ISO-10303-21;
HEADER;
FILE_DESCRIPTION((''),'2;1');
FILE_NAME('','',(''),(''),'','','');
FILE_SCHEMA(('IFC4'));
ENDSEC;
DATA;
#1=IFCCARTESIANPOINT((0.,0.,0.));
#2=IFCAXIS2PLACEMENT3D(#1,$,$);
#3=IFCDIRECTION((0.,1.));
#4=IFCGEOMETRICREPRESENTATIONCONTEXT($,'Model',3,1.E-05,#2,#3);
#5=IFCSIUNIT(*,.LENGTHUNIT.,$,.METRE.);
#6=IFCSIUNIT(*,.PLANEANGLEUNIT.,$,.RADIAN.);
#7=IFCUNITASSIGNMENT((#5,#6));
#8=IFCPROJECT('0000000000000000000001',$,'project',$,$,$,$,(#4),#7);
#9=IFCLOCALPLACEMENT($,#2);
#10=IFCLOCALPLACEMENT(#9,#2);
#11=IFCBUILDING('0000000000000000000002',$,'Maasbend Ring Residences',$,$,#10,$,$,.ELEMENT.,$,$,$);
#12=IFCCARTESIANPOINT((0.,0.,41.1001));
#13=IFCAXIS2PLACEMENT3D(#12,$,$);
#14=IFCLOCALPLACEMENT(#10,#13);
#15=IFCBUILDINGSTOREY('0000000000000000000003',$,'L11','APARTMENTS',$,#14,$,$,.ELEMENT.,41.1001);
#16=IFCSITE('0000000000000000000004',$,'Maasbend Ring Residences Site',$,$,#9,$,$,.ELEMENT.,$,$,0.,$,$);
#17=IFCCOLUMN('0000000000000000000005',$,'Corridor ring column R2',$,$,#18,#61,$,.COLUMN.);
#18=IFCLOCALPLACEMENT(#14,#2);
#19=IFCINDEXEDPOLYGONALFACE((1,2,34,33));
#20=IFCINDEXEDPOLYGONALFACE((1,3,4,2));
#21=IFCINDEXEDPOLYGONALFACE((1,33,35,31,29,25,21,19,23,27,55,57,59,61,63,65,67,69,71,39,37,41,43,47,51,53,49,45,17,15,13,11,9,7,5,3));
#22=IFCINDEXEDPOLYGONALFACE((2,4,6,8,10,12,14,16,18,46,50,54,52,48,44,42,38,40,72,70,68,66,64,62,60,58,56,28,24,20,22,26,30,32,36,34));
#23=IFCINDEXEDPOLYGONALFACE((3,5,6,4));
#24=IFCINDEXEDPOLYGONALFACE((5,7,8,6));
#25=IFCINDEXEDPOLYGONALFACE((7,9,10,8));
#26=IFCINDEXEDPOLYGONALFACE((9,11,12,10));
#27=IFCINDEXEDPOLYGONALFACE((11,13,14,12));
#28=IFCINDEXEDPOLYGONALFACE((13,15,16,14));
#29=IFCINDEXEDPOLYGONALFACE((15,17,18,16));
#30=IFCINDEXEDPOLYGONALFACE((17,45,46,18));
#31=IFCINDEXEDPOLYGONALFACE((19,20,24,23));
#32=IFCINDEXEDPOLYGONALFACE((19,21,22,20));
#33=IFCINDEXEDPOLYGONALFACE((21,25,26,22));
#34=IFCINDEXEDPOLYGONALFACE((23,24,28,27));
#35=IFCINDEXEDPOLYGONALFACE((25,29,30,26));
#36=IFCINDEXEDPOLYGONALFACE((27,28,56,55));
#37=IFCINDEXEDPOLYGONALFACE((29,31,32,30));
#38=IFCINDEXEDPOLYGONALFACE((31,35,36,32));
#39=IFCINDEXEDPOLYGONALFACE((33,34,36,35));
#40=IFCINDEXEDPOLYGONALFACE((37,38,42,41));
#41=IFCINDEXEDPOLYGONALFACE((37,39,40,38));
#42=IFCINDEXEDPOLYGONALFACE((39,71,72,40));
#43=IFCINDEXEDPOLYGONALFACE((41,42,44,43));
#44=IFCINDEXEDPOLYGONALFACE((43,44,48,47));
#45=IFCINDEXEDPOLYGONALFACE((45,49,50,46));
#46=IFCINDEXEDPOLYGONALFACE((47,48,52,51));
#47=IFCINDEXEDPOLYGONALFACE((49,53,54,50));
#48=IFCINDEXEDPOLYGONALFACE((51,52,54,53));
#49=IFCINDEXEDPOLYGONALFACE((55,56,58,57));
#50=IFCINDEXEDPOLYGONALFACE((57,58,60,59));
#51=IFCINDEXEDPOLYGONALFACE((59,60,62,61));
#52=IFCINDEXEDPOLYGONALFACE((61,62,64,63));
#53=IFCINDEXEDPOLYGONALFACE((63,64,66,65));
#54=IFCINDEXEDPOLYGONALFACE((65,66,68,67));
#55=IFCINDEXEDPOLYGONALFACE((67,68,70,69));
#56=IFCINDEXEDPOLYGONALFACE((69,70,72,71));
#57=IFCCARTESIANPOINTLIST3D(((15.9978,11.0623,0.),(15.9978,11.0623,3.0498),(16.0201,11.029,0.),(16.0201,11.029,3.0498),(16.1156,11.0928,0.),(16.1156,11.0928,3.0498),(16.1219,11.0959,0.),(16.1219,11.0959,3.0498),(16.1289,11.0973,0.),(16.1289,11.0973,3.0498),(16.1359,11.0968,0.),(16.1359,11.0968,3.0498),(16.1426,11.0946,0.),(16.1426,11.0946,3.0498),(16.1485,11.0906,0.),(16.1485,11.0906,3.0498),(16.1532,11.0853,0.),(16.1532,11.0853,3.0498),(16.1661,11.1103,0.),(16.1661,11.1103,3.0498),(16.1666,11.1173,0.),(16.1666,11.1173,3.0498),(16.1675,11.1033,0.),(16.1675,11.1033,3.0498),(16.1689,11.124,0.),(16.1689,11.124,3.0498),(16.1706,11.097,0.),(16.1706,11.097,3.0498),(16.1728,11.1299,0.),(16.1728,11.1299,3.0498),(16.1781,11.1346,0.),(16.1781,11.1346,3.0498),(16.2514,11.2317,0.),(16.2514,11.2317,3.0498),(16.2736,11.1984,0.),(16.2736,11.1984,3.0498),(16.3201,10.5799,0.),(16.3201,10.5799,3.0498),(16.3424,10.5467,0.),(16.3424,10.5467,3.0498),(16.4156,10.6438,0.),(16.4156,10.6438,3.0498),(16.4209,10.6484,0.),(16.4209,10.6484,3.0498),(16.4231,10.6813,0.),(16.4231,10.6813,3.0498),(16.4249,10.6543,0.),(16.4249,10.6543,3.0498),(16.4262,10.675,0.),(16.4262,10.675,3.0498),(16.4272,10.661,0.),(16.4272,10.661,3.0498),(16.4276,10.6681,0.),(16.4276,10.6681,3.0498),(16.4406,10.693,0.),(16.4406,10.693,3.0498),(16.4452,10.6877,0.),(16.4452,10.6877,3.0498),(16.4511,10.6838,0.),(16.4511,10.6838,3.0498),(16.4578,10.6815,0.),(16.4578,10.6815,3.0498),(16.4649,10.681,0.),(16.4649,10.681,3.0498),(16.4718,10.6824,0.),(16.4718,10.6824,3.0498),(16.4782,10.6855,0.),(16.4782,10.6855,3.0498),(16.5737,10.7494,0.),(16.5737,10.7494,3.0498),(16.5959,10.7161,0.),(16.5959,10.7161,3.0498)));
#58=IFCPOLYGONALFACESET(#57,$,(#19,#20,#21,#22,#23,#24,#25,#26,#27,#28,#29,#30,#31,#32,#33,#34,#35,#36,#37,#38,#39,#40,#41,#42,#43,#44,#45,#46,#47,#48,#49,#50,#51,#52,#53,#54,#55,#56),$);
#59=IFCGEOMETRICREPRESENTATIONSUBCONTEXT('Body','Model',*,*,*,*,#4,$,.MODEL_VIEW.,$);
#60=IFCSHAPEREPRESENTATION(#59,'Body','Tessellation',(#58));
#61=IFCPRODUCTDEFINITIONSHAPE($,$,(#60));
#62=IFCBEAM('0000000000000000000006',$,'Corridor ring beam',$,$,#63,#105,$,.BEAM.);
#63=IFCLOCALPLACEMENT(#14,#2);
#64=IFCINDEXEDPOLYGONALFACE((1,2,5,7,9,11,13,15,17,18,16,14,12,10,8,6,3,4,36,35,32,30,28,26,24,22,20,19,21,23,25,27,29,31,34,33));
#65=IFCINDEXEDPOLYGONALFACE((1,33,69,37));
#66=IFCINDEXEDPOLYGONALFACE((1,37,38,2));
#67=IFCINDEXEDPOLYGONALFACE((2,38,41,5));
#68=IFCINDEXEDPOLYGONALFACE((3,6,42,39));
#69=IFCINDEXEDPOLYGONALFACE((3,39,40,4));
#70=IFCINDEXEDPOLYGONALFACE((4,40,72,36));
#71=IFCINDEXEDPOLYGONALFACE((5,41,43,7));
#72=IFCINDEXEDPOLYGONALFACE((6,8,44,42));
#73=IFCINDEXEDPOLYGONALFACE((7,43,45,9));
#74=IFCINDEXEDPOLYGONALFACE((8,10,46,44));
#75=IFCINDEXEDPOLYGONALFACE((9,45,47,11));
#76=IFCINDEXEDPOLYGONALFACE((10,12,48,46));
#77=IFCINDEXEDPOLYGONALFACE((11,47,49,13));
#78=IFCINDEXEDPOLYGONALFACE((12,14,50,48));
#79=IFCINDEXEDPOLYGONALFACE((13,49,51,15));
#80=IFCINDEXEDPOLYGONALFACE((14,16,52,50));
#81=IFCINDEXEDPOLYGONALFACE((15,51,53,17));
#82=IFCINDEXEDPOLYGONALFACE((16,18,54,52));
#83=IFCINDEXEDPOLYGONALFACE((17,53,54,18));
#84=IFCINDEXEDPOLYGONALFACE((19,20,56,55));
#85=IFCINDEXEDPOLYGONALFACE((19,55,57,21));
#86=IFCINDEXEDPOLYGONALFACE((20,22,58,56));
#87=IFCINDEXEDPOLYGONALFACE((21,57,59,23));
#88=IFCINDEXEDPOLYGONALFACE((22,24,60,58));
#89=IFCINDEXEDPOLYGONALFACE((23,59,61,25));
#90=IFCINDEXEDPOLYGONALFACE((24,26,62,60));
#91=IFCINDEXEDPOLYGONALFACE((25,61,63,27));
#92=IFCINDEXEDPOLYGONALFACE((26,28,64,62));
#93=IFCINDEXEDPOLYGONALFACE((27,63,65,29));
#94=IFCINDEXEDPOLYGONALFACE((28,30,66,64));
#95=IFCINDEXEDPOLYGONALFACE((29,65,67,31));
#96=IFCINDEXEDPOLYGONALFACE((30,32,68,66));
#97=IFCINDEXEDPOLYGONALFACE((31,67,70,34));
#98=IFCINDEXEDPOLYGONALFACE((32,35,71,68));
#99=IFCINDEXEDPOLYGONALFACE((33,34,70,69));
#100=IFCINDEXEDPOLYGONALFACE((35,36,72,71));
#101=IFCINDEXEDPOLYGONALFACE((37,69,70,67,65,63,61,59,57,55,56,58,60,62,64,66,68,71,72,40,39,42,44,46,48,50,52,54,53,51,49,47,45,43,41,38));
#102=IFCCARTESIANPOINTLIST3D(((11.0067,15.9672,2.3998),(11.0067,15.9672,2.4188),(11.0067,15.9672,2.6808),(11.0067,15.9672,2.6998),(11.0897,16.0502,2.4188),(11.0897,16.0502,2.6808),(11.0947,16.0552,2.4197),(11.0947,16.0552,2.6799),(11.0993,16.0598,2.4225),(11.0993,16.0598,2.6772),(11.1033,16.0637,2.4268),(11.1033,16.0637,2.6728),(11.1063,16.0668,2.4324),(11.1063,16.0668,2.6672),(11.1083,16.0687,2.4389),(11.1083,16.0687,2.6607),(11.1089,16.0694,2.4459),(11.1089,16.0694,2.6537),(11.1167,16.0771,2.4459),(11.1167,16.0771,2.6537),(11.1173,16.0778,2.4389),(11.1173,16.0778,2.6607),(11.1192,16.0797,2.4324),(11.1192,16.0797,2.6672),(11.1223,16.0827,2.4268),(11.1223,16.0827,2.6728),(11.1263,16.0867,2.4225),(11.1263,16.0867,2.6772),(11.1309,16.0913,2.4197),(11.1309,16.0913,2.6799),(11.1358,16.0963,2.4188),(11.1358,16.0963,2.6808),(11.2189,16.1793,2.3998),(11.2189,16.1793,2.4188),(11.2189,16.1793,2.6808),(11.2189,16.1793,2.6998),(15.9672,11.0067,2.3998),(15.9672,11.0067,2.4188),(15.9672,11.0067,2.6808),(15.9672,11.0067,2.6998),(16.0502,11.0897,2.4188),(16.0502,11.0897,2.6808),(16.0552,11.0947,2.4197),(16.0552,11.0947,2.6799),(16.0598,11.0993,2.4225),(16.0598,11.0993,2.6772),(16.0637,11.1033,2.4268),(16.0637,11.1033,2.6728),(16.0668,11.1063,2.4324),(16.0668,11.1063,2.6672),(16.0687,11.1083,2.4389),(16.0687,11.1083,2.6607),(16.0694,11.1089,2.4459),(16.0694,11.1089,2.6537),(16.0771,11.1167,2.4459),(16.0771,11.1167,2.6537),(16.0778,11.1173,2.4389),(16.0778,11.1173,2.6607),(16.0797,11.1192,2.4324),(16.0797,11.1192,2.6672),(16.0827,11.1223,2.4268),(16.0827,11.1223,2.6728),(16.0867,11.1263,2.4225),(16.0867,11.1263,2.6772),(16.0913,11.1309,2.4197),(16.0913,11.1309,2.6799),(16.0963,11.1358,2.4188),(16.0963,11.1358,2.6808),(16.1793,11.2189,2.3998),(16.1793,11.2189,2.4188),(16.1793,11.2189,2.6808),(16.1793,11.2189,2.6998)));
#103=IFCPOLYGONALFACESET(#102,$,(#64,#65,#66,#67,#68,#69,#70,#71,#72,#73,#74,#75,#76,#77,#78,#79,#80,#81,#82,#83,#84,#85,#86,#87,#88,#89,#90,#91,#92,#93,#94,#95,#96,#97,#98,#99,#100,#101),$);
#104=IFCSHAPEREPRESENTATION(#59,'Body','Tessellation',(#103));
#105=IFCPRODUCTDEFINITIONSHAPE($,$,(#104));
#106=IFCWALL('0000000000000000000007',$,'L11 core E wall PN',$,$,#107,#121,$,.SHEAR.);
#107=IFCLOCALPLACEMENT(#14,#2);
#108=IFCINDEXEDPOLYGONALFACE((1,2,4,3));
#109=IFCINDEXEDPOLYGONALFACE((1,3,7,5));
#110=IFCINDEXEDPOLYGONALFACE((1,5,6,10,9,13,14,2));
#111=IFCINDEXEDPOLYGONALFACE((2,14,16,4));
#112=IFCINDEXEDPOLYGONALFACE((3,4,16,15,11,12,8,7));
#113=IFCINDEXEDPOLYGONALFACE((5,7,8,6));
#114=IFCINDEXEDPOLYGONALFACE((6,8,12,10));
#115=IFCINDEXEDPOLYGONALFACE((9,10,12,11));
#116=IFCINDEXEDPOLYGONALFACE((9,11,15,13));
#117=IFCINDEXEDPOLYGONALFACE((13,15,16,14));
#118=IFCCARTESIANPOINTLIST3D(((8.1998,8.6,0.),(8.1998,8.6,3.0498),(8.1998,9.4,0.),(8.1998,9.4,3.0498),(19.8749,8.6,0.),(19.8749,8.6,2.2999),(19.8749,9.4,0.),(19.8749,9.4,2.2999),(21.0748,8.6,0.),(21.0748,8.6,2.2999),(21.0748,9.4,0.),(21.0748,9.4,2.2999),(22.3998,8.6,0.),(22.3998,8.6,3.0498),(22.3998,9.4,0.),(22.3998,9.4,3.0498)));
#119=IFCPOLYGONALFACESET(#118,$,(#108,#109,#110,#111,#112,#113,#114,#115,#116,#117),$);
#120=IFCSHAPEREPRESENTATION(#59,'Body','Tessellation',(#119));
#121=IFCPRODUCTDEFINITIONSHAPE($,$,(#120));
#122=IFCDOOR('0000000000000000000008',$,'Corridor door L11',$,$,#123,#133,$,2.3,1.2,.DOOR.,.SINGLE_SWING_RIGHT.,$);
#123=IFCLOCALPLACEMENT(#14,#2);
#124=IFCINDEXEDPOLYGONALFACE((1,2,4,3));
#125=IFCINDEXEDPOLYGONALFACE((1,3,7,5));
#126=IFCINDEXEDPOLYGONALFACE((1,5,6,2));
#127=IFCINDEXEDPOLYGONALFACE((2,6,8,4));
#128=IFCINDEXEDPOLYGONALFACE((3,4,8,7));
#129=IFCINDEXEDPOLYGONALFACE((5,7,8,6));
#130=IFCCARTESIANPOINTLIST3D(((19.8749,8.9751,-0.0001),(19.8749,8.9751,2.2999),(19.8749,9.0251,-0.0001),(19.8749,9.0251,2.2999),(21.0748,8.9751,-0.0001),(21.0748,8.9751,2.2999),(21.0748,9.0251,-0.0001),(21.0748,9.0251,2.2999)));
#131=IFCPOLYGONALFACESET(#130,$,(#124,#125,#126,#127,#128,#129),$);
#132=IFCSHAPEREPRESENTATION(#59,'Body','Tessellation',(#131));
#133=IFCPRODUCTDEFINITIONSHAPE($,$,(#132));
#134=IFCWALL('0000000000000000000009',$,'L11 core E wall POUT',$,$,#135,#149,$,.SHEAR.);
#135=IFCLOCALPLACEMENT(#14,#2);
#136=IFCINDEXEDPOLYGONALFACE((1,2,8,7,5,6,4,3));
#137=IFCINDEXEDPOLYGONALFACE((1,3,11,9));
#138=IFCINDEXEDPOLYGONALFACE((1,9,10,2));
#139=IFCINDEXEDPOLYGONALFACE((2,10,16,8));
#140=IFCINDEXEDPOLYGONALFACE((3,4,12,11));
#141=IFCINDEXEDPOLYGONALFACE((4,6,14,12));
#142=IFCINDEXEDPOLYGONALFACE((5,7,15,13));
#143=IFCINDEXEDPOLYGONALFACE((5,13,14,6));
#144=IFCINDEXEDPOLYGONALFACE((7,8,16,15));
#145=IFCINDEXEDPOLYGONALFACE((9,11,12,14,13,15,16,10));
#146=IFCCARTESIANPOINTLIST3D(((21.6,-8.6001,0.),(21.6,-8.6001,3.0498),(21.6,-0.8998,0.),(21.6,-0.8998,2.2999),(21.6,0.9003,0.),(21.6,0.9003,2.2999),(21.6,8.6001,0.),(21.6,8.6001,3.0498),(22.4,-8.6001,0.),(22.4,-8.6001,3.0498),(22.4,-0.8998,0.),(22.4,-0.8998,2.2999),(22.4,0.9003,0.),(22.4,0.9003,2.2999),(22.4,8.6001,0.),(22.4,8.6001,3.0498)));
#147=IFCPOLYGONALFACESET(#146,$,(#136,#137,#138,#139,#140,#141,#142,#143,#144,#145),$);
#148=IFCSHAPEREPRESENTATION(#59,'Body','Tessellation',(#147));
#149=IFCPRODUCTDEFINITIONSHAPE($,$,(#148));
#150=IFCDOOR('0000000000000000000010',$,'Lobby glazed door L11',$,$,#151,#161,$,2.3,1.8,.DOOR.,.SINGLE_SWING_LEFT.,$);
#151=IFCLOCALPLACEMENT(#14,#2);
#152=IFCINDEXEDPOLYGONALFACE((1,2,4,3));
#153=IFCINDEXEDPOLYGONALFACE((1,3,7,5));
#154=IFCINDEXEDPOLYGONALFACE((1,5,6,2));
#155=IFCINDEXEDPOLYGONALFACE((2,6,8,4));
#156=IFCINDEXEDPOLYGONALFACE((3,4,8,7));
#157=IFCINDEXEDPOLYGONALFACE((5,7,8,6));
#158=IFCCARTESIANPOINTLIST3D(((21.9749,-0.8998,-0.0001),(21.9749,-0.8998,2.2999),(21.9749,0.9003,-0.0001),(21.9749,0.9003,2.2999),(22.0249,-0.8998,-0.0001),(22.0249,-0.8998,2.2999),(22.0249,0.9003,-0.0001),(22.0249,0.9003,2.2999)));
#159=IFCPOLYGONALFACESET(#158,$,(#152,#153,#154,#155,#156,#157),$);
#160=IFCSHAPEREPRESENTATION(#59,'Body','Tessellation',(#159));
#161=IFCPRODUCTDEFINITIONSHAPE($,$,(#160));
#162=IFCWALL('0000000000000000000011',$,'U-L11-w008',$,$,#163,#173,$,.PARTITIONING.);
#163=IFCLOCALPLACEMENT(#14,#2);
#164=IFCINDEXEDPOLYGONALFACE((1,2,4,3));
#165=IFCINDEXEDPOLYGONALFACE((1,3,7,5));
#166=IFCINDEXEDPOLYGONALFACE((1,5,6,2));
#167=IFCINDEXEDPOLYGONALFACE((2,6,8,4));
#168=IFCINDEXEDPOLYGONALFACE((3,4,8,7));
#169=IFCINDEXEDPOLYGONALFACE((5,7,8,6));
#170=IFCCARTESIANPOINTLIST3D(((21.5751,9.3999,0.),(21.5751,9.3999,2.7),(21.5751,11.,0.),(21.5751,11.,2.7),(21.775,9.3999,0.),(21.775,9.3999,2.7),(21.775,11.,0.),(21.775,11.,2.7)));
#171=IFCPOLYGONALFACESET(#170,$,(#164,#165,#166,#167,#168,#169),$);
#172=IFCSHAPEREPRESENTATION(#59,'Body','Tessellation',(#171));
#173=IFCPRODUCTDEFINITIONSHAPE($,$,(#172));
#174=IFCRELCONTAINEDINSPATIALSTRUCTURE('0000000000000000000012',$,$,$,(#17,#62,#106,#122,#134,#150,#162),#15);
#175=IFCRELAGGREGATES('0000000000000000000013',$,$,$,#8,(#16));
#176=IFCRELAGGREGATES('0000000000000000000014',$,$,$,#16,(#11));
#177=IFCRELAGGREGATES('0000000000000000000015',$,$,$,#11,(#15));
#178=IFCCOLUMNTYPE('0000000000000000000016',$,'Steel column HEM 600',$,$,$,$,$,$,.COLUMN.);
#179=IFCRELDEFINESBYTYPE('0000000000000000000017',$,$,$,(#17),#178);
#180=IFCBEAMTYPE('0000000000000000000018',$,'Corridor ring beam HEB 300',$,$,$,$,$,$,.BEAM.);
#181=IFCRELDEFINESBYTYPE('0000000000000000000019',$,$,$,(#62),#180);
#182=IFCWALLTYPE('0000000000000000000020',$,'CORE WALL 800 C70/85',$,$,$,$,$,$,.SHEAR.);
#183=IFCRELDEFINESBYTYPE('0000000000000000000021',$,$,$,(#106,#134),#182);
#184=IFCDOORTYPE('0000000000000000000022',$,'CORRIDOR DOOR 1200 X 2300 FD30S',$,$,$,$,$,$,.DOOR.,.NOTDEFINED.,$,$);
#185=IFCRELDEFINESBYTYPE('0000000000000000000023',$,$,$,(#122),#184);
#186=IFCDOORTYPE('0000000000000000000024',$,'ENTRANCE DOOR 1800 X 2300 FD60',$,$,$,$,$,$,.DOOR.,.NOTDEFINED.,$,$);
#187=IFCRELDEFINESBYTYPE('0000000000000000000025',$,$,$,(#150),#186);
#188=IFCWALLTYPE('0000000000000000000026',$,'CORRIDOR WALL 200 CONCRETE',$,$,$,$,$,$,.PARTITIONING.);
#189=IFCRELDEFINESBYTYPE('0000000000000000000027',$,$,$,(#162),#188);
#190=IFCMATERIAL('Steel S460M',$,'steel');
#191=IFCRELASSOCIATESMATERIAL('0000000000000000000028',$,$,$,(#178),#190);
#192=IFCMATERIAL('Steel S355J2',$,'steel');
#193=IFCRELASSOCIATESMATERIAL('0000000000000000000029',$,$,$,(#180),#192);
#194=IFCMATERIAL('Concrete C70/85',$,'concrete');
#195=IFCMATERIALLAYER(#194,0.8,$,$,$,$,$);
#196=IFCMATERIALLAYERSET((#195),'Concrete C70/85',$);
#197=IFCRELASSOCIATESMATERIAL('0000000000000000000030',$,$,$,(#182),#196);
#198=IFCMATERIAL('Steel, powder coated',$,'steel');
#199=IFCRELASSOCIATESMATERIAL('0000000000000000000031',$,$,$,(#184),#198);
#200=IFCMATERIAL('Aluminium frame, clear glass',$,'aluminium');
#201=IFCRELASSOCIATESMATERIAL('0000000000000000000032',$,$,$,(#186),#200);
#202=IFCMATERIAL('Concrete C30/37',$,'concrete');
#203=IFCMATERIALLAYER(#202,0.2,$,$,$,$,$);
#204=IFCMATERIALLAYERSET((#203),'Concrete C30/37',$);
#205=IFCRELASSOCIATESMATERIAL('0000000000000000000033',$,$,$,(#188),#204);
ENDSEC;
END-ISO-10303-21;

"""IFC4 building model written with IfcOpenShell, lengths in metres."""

from ifc_helpers import new_model, si_unit, direction, frame, frame_2d, origin, origin_2d, place, context, subcontext, project, spatial, rectangle, i_section, extrude, material, layer, layer_set, material_profile, profile_set, type_object, element, fill, save


model = new_model("IFC4")

# Units and contexts
model_context = context("Model", 3, precision=1e-05, world=origin(), true_north=direction((0.0, 1.0)))
body_context = subcontext(model_context, "Body", "Model", "MODEL_VIEW")
ifc_project = project(units=[si_unit("LENGTHUNIT", "METRE"), si_unit("PLANEANGLEUNIT", "RADIAN")], contexts=[model_context])

# Site, building, storey
site_placement = place(None, origin())
site = spatial("IfcSite", under=ifc_project, at=site_placement, Name="Maasbend Ring Residences Site", CompositionType="ELEMENT", RefElevation=0.0)
building_placement = place(site_placement, origin())
building = spatial("IfcBuilding", under=site, at=building_placement, Name="Maasbend Ring Residences", CompositionType="ELEMENT")
storey_placement = place(building_placement, frame((0.0, 0.0, 41.1001)))
storey = spatial("IfcBuildingStorey", under=building, at=storey_placement, Name="L11", Description="APARTMENTS", CompositionType="ELEMENT", Elevation=41.1001)

# Column
ifc_material_1 = material(Name="Steel S460M", Category="steel")
ifc_material_profile_1 = material_profile(ifc_material_1, i_section(OverallWidth=0.3049, OverallDepth=0.6201, WebThickness=0.021, FlangeThickness=0.04, FilletRadius=0.0271, at=origin_2d()), Name="HEM 600")
ifc_profile_set_1 = profile_set([ifc_material_profile_1], Name="Steel S460M")
column_type = type_object("IfcColumnType", Name="Steel column HEM 600", PredefinedType="COLUMN", material=ifc_profile_set_1)
column_placement = place(storey_placement, frame((16.2969, 10.8892, 0.0), z_axis=(0.0, 0.0, 1.0), x_axis=(0.83147, 0.55557, 0.0)))
element("IfcColumn", 1, at=column_placement, inside=storey, type_object=column_type, Name="Corridor ring column R2", PredefinedType="COLUMN", context=body_context, shape_type="SweptSolid", body=[
    extrude(i_section(OverallWidth=0.3049, OverallDepth=0.6201, WebThickness=0.021, FlangeThickness=0.04, FilletRadius=0.0271, at=origin_2d()), origin(), (0.0, 0.0, 1.0), 3.0498),
])

# Beam
ifc_material_2 = material(Name="Steel S355J2", Category="steel")
ifc_material_profile_2 = material_profile(ifc_material_2, i_section(OverallWidth=0.3, OverallDepth=0.3, WebThickness=0.011, FlangeThickness=0.019, FilletRadius=0.0271, at=origin_2d()), Name="HEB 300")
ifc_profile_set_2 = profile_set([ifc_material_profile_2], Name="Steel S355J2")
beam_type = type_object("IfcBeamType", Name="Corridor ring beam HEB 300", PredefinedType="BEAM", material=ifc_profile_set_2)
beam_placement = place(storey_placement, frame((16.0732, 11.1128, 2.5498), z_axis=(-0.707107, 0.707107, 0.0), x_axis=(-0.707107, -0.707107, 0.0)))
element("IfcBeam", 2, at=beam_placement, inside=storey, type_object=beam_type, Name="Corridor ring beam", PredefinedType="BEAM", context=body_context, shape_type="SweptSolid", body=[
    extrude(i_section(OverallWidth=0.3, OverallDepth=0.3, WebThickness=0.011, FlangeThickness=0.019, FilletRadius=0.0271, at=origin_2d()), origin(), (0.0, 0.0, 1.0), 7.0151),
])

# Walls, openings, doors
ifc_material_3 = material(Name="Concrete C70/85", Category="concrete")
ifc_layer_1 = layer(ifc_material_3, 0.8)
ifc_layer_set_1 = layer_set([ifc_layer_1], Name="Concrete C70/85")
wall_type_1 = type_object("IfcWallType", Name="CORE WALL 800 C70/85", PredefinedType="SHEAR", material=ifc_layer_set_1)
wall_1_placement = place(storey_placement, frame((22.3999, 9.0, 0.0), z_axis=(0.0, 0.0, 1.0), x_axis=(-1.0, 0.0, 0.0)))
wall_1 = element("IfcWall", 3, at=wall_1_placement, inside=storey, type_object=wall_type_1, Name="L11 core E wall PN", PredefinedType="SHEAR", context=body_context, shape_type="SweptSolid", body=[
    extrude(rectangle(XDim=14.2, YDim=0.8, at=frame_2d((7.1001, 0.0))), origin(), (0.0, 0.0, 1.0), 3.0498),
])
opening_1_placement = place(wall_1_placement, frame((1.325, 0.0, 0.0)))
opening_1 = element("IfcOpeningElement", 4, at=opening_1_placement, cuts=wall_1, PredefinedType="OPENING", context=body_context, shape_type="SweptSolid", body=[
    extrude(rectangle(XDim=1.2, YDim=2.3, at=frame_2d((0.6001, 1.1499))), frame((0.0, 0.4102, 0.0), z_axis=(0.0, -1.0, 0.0), x_axis=(1.0, 0.0, 0.0)), (0.0, 0.0, 1.0), 0.8201),
])
ifc_material_4 = material(Name="Steel, powder coated", Category="steel")
door_type_1 = type_object("IfcDoorType", Name="CORRIDOR DOOR 1200 X 2300 FD30S", OperationType="NOTDEFINED", PredefinedType="DOOR", material=ifc_material_4)
door_1_placement = place(opening_1_placement, origin())
door_1 = element("IfcDoor", 5, at=door_1_placement, inside=storey, type_object=door_type_1, Name="Corridor door L11", OperationType="SINGLE_SWING_RIGHT", OverallHeight=2.3, OverallWidth=1.2, PredefinedType="DOOR", context=body_context, shape_type="SweptSolid", body=[
    extrude(rectangle(XDim=1.2, YDim=2.3, at=frame_2d((0.6001, 1.1499))), frame((0.0, 0.0249, 0.0), z_axis=(0.0, -1.0, 0.0), x_axis=(1.0, 0.0, 0.0)), (0.0, 0.0, 1.0), 0.05),
])
fill(opening_1, door_1)
wall_2_placement = place(storey_placement, frame((22.0, 8.6001, 0.0), z_axis=(0.0, 0.0, 1.0), x_axis=(0.0, -1.0, 0.0)))
wall_2 = element("IfcWall", 6, at=wall_2_placement, inside=storey, type_object=wall_type_1, Name="L11 core E wall POUT", PredefinedType="SHEAR", context=body_context, shape_type="SweptSolid", body=[
    extrude(rectangle(XDim=17.2002, YDim=0.8, at=frame_2d((8.6001, 0.0))), origin(), (0.0, 0.0, 1.0), 3.0498),
])
opening_2_placement = place(wall_2_placement, frame((7.7, 0.0, 0.0)))
opening_2 = element("IfcOpeningElement", 7, at=opening_2_placement, cuts=wall_2, PredefinedType="OPENING", context=body_context, shape_type="SweptSolid", body=[
    extrude(rectangle(XDim=1.8, YDim=2.3, at=frame_2d((0.8999, 1.1499))), frame((0.0, 0.4102, 0.0), z_axis=(0.0, -1.0, 0.0), x_axis=(1.0, 0.0, 0.0)), (0.0, 0.0, 1.0), 0.8201),
])
ifc_material_5 = material(Name="Aluminium frame, clear glass", Category="aluminium")
door_type_2 = type_object("IfcDoorType", Name="ENTRANCE DOOR 1800 X 2300 FD60", OperationType="NOTDEFINED", PredefinedType="DOOR", material=ifc_material_5)
door_2_placement = place(opening_2_placement, origin())
door_2 = element("IfcDoor", 8, at=door_2_placement, inside=storey, type_object=door_type_2, Name="Lobby glazed door L11", OperationType="SINGLE_SWING_LEFT", OverallHeight=2.3, OverallWidth=1.8, PredefinedType="DOOR", context=body_context, shape_type="SweptSolid", body=[
    extrude(rectangle(XDim=1.8, YDim=2.3, at=frame_2d((0.8999, 1.1499))), frame((0.0, 0.0249, 0.0), z_axis=(0.0, -1.0, 0.0), x_axis=(1.0, 0.0, 0.0)), (0.0, 0.0, 1.0), 0.05),
])
fill(opening_2, door_2)

# Wall
ifc_material_6 = material(Name="Concrete C30/37", Category="concrete")
ifc_layer_2 = layer(ifc_material_6, 0.2)
ifc_layer_set_2 = layer_set([ifc_layer_2], Name="Concrete C30/37")
wall_type_2 = type_object("IfcWallType", Name="CORRIDOR WALL 200 CONCRETE", PredefinedType="PARTITIONING", material=ifc_layer_set_2)
wall_3_placement = place(storey_placement, frame((21.675, 9.3999, 0.0), z_axis=(0.0, 0.0, 1.0), x_axis=(0.0, 1.0, 0.0)))
element("IfcWall", 9, at=wall_3_placement, inside=storey, type_object=wall_type_2, Name="U-L11-w008", PredefinedType="PARTITIONING", context=body_context, shape_type="SweptSolid", body=[
    extrude(rectangle(XDim=1.6001, YDim=0.2, at=frame_2d((0.8, 0.0))), origin(), (0.0, 0.0, 1.0), 2.7),
])

save(model, "model.ifc")
